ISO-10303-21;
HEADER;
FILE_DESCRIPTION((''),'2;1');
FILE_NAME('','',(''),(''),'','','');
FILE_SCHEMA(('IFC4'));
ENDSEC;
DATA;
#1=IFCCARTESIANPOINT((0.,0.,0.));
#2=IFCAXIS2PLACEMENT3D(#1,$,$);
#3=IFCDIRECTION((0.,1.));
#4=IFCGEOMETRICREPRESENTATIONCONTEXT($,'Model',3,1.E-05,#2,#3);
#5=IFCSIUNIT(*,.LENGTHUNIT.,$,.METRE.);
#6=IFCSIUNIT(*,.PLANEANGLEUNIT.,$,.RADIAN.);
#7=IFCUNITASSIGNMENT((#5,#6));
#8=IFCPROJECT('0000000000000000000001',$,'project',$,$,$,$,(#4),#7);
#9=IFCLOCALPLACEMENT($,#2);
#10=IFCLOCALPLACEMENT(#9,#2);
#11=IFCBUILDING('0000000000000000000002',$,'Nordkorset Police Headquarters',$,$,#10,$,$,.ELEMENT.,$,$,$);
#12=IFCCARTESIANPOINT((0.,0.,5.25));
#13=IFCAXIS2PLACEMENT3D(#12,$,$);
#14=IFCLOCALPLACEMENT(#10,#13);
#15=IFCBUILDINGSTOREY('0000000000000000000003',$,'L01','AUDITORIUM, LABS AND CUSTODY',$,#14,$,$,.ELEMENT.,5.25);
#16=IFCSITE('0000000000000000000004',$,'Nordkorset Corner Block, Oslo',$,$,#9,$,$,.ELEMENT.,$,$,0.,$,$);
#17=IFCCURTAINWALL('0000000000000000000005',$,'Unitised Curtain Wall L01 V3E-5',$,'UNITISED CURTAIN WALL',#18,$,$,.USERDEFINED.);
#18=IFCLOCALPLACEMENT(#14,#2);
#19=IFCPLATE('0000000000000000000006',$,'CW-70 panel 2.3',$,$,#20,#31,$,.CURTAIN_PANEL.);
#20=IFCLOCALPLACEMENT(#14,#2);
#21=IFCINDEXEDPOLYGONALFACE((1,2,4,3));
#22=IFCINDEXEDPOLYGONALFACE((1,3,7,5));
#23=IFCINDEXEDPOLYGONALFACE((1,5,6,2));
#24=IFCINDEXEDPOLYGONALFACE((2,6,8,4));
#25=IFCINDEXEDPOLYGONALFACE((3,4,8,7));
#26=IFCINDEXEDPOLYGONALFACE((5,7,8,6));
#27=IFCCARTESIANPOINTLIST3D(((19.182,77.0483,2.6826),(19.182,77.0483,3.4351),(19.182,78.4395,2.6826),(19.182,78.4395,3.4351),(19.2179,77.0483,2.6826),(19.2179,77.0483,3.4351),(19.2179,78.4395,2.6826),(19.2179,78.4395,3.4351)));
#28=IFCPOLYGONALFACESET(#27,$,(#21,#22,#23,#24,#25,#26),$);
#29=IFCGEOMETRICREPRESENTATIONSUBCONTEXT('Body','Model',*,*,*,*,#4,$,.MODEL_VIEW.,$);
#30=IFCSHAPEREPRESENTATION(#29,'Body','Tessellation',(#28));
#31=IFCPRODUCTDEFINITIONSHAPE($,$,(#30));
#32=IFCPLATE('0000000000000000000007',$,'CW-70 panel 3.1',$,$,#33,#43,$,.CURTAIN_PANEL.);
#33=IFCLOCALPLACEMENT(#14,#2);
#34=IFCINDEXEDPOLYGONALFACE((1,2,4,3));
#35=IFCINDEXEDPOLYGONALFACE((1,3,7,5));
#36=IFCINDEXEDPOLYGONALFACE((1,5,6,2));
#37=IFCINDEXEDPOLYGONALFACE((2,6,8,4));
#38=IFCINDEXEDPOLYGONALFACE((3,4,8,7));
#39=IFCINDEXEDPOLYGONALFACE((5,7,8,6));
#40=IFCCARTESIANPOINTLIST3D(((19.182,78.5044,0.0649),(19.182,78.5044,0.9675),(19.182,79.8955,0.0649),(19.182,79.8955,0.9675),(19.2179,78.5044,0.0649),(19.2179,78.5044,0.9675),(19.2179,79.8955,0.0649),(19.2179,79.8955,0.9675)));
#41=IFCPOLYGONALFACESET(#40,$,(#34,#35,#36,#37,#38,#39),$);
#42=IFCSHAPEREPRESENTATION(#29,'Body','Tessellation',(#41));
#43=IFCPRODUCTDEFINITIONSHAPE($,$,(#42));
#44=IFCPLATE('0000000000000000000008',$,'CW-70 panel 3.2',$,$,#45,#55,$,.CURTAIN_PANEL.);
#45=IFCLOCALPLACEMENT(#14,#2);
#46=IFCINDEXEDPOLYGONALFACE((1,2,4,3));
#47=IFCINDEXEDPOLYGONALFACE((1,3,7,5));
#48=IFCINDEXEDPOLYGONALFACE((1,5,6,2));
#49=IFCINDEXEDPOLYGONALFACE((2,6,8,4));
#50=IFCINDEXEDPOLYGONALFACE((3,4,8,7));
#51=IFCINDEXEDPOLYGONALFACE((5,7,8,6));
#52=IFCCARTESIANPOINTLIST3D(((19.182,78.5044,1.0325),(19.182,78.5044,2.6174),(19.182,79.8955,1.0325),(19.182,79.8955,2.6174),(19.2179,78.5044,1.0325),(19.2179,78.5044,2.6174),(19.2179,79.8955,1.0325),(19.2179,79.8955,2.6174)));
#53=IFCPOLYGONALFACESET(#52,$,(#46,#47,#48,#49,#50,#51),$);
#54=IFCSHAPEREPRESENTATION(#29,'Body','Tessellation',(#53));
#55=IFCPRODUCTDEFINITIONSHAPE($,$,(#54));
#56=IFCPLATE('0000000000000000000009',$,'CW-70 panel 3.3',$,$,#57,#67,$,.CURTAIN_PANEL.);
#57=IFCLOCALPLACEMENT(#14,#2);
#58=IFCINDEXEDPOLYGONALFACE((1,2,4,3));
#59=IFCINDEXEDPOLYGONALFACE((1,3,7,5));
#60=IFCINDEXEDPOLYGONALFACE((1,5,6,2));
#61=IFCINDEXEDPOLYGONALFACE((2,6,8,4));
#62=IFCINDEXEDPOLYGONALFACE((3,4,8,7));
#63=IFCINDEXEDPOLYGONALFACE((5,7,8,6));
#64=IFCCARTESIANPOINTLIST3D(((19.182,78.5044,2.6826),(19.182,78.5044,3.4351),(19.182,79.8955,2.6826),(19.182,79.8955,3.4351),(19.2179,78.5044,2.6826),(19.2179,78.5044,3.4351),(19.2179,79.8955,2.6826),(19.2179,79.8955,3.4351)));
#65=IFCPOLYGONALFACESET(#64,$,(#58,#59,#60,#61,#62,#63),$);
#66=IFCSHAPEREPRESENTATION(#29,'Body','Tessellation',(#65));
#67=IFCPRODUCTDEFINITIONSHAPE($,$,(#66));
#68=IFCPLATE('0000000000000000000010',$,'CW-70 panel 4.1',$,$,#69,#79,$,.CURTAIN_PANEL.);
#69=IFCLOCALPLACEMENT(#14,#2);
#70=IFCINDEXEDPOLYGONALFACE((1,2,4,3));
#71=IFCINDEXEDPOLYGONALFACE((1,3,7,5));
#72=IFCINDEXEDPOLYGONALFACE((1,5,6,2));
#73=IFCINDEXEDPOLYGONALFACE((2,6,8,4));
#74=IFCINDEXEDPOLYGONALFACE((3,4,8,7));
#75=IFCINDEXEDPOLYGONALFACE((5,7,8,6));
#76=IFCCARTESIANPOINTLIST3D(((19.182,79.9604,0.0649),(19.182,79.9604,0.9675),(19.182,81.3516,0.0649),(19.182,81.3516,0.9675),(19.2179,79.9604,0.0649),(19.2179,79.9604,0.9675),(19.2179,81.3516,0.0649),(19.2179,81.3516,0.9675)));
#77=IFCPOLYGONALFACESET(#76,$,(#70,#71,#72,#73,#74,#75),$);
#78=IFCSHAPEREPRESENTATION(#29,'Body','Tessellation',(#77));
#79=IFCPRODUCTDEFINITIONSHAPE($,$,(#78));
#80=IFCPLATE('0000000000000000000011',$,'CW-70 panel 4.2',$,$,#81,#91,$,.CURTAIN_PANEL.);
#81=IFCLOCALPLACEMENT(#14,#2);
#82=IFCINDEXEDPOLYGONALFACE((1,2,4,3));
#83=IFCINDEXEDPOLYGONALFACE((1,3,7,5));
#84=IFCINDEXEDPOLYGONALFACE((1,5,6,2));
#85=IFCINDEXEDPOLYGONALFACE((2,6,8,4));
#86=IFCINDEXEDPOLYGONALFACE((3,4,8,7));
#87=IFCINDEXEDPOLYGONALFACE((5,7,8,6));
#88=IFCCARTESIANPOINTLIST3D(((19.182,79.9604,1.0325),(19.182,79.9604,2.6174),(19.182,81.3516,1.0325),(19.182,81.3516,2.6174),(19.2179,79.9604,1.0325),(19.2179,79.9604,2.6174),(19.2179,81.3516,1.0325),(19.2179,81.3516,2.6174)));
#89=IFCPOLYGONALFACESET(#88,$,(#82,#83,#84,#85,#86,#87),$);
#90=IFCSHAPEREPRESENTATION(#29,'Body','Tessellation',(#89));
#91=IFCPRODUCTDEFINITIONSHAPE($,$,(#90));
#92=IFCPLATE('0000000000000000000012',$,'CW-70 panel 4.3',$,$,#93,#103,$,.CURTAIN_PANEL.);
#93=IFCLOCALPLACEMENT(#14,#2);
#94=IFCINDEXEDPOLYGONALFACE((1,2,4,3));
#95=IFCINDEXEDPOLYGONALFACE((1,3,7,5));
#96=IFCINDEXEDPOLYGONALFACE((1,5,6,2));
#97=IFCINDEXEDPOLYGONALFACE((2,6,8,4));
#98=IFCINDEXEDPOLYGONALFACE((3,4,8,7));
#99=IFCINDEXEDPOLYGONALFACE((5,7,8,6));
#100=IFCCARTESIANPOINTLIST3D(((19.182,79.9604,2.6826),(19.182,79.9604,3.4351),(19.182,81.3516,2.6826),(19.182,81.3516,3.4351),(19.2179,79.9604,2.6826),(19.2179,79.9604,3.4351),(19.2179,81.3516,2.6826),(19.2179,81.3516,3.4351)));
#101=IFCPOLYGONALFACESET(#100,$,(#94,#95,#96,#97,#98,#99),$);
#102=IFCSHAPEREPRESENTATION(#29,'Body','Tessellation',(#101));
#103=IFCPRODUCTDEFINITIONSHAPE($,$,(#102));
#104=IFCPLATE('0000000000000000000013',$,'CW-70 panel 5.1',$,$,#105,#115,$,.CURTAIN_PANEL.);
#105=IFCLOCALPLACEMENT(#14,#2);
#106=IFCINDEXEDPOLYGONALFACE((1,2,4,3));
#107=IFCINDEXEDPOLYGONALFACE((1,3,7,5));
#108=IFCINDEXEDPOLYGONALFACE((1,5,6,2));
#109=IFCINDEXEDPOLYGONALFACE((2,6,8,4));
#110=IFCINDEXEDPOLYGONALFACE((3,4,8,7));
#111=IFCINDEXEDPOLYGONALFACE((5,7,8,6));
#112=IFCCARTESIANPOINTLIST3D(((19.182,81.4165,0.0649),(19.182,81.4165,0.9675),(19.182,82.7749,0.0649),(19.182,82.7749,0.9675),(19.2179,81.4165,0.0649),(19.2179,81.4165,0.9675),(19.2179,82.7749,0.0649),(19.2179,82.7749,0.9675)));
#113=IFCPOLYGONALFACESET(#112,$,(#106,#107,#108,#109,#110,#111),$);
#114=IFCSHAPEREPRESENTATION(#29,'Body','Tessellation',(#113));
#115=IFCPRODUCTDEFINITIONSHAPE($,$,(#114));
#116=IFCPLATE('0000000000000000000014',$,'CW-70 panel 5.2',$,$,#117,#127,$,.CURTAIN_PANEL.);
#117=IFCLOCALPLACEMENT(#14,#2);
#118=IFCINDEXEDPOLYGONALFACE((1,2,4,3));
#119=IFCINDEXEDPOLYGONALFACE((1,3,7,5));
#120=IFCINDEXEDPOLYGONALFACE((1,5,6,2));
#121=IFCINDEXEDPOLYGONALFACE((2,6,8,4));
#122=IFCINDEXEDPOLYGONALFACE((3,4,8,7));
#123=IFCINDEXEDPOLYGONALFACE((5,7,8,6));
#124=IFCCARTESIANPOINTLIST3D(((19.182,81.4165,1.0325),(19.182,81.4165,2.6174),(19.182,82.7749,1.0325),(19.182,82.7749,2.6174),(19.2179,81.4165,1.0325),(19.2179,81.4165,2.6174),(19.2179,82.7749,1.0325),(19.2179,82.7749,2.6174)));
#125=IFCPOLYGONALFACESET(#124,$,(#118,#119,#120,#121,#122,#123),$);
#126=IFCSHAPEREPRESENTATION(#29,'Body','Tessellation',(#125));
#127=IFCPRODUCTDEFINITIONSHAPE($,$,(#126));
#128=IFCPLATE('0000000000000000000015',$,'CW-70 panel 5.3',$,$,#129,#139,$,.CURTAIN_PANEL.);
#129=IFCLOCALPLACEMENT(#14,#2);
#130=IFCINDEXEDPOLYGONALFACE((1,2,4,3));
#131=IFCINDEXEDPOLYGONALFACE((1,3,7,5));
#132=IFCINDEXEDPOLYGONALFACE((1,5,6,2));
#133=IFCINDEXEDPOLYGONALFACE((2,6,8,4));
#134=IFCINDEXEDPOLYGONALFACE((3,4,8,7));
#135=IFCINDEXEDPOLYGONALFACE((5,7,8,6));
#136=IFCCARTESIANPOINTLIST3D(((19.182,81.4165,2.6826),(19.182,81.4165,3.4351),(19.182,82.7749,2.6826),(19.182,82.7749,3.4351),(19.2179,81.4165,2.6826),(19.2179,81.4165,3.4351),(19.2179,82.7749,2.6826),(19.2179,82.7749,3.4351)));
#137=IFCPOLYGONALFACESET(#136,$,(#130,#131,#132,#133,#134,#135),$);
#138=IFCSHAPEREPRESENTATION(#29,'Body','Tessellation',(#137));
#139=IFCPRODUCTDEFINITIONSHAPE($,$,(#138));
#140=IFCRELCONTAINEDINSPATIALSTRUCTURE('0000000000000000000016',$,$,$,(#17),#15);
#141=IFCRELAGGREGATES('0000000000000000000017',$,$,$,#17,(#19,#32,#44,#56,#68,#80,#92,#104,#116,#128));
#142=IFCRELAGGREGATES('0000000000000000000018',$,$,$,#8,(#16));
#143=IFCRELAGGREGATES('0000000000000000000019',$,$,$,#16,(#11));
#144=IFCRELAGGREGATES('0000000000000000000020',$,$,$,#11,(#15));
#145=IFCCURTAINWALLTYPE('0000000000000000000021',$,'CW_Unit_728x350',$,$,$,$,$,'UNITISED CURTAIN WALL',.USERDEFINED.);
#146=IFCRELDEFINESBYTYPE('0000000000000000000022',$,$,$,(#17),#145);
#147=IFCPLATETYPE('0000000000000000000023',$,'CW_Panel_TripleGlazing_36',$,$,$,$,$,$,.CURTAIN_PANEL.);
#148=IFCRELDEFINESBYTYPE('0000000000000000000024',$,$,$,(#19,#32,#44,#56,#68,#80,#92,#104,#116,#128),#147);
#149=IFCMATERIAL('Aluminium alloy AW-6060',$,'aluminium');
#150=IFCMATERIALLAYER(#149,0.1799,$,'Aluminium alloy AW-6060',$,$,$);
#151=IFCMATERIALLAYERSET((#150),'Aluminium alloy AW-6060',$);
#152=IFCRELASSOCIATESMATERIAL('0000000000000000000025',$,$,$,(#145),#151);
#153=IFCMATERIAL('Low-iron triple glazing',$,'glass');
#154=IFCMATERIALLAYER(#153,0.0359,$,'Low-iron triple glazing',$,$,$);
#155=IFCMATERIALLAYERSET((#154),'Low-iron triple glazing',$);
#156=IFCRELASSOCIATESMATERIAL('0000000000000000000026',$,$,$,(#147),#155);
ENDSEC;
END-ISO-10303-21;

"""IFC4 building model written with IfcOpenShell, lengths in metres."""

from ifc_helpers import new_model, si_unit, direction, frame, origin, origin_2d, place, context, subcontext, project, spatial, rectangle, extrude, material, layer, layer_set, type_object, element, aggregate, save


model = new_model("IFC4")

# Units and contexts
model_context = context("Model", 3, precision=1e-05, world=origin(), true_north=direction((0.0, 1.0)))
body_context = subcontext(model_context, "Body", "Model", "MODEL_VIEW")
ifc_project = project(units=[si_unit("LENGTHUNIT", "METRE"), si_unit("PLANEANGLEUNIT", "RADIAN")], contexts=[model_context])

# Site, building, storey
site_placement = place(None, origin())
site = spatial("IfcSite", under=ifc_project, at=site_placement, Name="Nordkorset Corner Block, Oslo", CompositionType="ELEMENT", RefElevation=0.0)
building_placement = place(site_placement, origin())
building = spatial("IfcBuilding", under=site, at=building_placement, Name="Nordkorset Police Headquarters", CompositionType="ELEMENT")
storey_placement = place(building_placement, frame((0.0, 0.0, 5.25)))
storey = spatial("IfcBuildingStorey", under=building, at=storey_placement, Name="L01", Description="AUDITORIUM, LABS AND CUSTODY", CompositionType="ELEMENT", Elevation=5.25)

# Curtain wall, plates
ifc_material_1 = material(Name="Aluminium alloy AW-6060", Category="aluminium")
ifc_layer_1 = layer(ifc_material_1, 0.1799, Name="Aluminium alloy AW-6060")
ifc_layer_set_1 = layer_set([ifc_layer_1], Name="Aluminium alloy AW-6060")
curtain_wall_type = type_object("IfcCurtainWallType", Name="CW_Unit_728x350", ElementType="UNITISED CURTAIN WALL", PredefinedType="USERDEFINED", material=ifc_layer_set_1)
curtain_wall_placement = place(storey_placement, origin())
curtain_wall = element("IfcCurtainWall", 1, at=curtain_wall_placement, inside=storey, type_object=curtain_wall_type, Name="Unitised Curtain Wall L01 V3E-5", ObjectType="UNITISED CURTAIN WALL", PredefinedType="USERDEFINED")
ifc_material_2 = material(Name="Low-iron triple glazing", Category="glass")
ifc_layer_2 = layer(ifc_material_2, 0.0359, Name="Low-iron triple glazing")
ifc_layer_set_2 = layer_set([ifc_layer_2], Name="Low-iron triple glazing")
plate_type = type_object("IfcPlateType", Name="CW_Panel_TripleGlazing_36", PredefinedType="CURTAIN_PANEL", material=ifc_layer_set_2)
plate_1_placement = place(storey_placement, frame((19.2, 77.7439, 2.6826), z_axis=(0.0, 0.0, 1.0), x_axis=(0.0, 1.0, 0.0)))
plate_1 = element("IfcPlate", 2, at=plate_1_placement, type_object=plate_type, Name="CW-70 panel 2.3", PredefinedType="CURTAIN_PANEL", context=body_context, shape_type="SweptSolid", body=[
    extrude(rectangle(XDim=1.3911, YDim=0.0359, at=origin_2d()), origin(), (0.0, 0.0, 1.0), 0.7524),
])
plate_2_placement = place(storey_placement, frame((19.2, 79.2, 0.0649), z_axis=(0.0, 0.0, 1.0), x_axis=(0.0, 1.0, 0.0)))
plate_2 = element("IfcPlate", 3, at=plate_2_placement, type_object=plate_type, Name="CW-70 panel 3.1", PredefinedType="CURTAIN_PANEL", context=body_context, shape_type="SweptSolid", body=[
    extrude(rectangle(XDim=1.3911, YDim=0.0359, at=origin_2d()), origin(), (0.0, 0.0, 1.0), 0.9026),
])
plate_3_placement = place(storey_placement, frame((19.2, 79.2, 1.0325), z_axis=(0.0, 0.0, 1.0), x_axis=(0.0, 1.0, 0.0)))
plate_3 = element("IfcPlate", 4, at=plate_3_placement, type_object=plate_type, Name="CW-70 panel 3.2", PredefinedType="CURTAIN_PANEL", context=body_context, shape_type="SweptSolid", body=[
    extrude(rectangle(XDim=1.3911, YDim=0.0359, at=origin_2d()), origin(), (0.0, 0.0, 1.0), 1.585),
])
plate_4_placement = place(storey_placement, frame((19.2, 79.2, 2.6826), z_axis=(0.0, 0.0, 1.0), x_axis=(0.0, 1.0, 0.0)))
plate_4 = element("IfcPlate", 5, at=plate_4_placement, type_object=plate_type, Name="CW-70 panel 3.3", PredefinedType="CURTAIN_PANEL", context=body_context, shape_type="SweptSolid", body=[
    extrude(rectangle(XDim=1.3911, YDim=0.0359, at=origin_2d()), origin(), (0.0, 0.0, 1.0), 0.7524),
])
plate_5_placement = place(storey_placement, frame((19.2, 80.656, 0.0649), z_axis=(0.0, 0.0, 1.0), x_axis=(0.0, 1.0, 0.0)))
plate_5 = element("IfcPlate", 6, at=plate_5_placement, type_object=plate_type, Name="CW-70 panel 4.1", PredefinedType="CURTAIN_PANEL", context=body_context, shape_type="SweptSolid", body=[
    extrude(rectangle(XDim=1.3911, YDim=0.0359, at=origin_2d()), origin(), (0.0, 0.0, 1.0), 0.9026),
])
plate_6_placement = place(storey_placement, frame((19.2, 80.656, 1.0325), z_axis=(0.0, 0.0, 1.0), x_axis=(0.0, 1.0, 0.0)))
plate_6 = element("IfcPlate", 7, at=plate_6_placement, type_object=plate_type, Name="CW-70 panel 4.2", PredefinedType="CURTAIN_PANEL", context=body_context, shape_type="SweptSolid", body=[
    extrude(rectangle(XDim=1.3911, YDim=0.0359, at=origin_2d()), origin(), (0.0, 0.0, 1.0), 1.585),
])
plate_7_placement = place(storey_placement, frame((19.2, 80.656, 2.6826), z_axis=(0.0, 0.0, 1.0), x_axis=(0.0, 1.0, 0.0)))
plate_7 = element("IfcPlate", 8, at=plate_7_placement, type_object=plate_type, Name="CW-70 panel 4.3", PredefinedType="CURTAIN_PANEL", context=body_context, shape_type="SweptSolid", body=[
    extrude(rectangle(XDim=1.3911, YDim=0.0359, at=origin_2d()), origin(), (0.0, 0.0, 1.0), 0.7524),
])
plate_8_placement = place(storey_placement, frame((19.2, 82.0957, 0.0649), z_axis=(0.0, 0.0, 1.0), x_axis=(0.0, 1.0, 0.0)))
plate_8 = element("IfcPlate", 9, at=plate_8_placement, type_object=plate_type, Name="CW-70 panel 5.1", PredefinedType="CURTAIN_PANEL", context=body_context, shape_type="SweptSolid", body=[
    extrude(rectangle(XDim=1.3584, YDim=0.0359, at=origin_2d()), origin(), (0.0, 0.0, 1.0), 0.9026),
])
plate_9_placement = place(storey_placement, frame((19.2, 82.0957, 1.0325), z_axis=(0.0, 0.0, 1.0), x_axis=(0.0, 1.0, 0.0)))
plate_9 = element("IfcPlate", 10, at=plate_9_placement, type_object=plate_type, Name="CW-70 panel 5.2", PredefinedType="CURTAIN_PANEL", context=body_context, shape_type="SweptSolid", body=[
    extrude(rectangle(XDim=1.3584, YDim=0.0359, at=origin_2d()), origin(), (0.0, 0.0, 1.0), 1.585),
])
plate_10_placement = place(storey_placement, frame((19.2, 82.0957, 2.6826), z_axis=(0.0, 0.0, 1.0), x_axis=(0.0, 1.0, 0.0)))
plate_10 = element("IfcPlate", 11, at=plate_10_placement, type_object=plate_type, Name="CW-70 panel 5.3", PredefinedType="CURTAIN_PANEL", context=body_context, shape_type="SweptSolid", body=[
    extrude(rectangle(XDim=1.3584, YDim=0.0359, at=origin_2d()), origin(), (0.0, 0.0, 1.0), 0.7524),
])
aggregate(curtain_wall, [plate_1, plate_2, plate_3, plate_4, plate_5, plate_6, plate_7, plate_8, plate_9, plate_10])

save(model, "model.ifc")
